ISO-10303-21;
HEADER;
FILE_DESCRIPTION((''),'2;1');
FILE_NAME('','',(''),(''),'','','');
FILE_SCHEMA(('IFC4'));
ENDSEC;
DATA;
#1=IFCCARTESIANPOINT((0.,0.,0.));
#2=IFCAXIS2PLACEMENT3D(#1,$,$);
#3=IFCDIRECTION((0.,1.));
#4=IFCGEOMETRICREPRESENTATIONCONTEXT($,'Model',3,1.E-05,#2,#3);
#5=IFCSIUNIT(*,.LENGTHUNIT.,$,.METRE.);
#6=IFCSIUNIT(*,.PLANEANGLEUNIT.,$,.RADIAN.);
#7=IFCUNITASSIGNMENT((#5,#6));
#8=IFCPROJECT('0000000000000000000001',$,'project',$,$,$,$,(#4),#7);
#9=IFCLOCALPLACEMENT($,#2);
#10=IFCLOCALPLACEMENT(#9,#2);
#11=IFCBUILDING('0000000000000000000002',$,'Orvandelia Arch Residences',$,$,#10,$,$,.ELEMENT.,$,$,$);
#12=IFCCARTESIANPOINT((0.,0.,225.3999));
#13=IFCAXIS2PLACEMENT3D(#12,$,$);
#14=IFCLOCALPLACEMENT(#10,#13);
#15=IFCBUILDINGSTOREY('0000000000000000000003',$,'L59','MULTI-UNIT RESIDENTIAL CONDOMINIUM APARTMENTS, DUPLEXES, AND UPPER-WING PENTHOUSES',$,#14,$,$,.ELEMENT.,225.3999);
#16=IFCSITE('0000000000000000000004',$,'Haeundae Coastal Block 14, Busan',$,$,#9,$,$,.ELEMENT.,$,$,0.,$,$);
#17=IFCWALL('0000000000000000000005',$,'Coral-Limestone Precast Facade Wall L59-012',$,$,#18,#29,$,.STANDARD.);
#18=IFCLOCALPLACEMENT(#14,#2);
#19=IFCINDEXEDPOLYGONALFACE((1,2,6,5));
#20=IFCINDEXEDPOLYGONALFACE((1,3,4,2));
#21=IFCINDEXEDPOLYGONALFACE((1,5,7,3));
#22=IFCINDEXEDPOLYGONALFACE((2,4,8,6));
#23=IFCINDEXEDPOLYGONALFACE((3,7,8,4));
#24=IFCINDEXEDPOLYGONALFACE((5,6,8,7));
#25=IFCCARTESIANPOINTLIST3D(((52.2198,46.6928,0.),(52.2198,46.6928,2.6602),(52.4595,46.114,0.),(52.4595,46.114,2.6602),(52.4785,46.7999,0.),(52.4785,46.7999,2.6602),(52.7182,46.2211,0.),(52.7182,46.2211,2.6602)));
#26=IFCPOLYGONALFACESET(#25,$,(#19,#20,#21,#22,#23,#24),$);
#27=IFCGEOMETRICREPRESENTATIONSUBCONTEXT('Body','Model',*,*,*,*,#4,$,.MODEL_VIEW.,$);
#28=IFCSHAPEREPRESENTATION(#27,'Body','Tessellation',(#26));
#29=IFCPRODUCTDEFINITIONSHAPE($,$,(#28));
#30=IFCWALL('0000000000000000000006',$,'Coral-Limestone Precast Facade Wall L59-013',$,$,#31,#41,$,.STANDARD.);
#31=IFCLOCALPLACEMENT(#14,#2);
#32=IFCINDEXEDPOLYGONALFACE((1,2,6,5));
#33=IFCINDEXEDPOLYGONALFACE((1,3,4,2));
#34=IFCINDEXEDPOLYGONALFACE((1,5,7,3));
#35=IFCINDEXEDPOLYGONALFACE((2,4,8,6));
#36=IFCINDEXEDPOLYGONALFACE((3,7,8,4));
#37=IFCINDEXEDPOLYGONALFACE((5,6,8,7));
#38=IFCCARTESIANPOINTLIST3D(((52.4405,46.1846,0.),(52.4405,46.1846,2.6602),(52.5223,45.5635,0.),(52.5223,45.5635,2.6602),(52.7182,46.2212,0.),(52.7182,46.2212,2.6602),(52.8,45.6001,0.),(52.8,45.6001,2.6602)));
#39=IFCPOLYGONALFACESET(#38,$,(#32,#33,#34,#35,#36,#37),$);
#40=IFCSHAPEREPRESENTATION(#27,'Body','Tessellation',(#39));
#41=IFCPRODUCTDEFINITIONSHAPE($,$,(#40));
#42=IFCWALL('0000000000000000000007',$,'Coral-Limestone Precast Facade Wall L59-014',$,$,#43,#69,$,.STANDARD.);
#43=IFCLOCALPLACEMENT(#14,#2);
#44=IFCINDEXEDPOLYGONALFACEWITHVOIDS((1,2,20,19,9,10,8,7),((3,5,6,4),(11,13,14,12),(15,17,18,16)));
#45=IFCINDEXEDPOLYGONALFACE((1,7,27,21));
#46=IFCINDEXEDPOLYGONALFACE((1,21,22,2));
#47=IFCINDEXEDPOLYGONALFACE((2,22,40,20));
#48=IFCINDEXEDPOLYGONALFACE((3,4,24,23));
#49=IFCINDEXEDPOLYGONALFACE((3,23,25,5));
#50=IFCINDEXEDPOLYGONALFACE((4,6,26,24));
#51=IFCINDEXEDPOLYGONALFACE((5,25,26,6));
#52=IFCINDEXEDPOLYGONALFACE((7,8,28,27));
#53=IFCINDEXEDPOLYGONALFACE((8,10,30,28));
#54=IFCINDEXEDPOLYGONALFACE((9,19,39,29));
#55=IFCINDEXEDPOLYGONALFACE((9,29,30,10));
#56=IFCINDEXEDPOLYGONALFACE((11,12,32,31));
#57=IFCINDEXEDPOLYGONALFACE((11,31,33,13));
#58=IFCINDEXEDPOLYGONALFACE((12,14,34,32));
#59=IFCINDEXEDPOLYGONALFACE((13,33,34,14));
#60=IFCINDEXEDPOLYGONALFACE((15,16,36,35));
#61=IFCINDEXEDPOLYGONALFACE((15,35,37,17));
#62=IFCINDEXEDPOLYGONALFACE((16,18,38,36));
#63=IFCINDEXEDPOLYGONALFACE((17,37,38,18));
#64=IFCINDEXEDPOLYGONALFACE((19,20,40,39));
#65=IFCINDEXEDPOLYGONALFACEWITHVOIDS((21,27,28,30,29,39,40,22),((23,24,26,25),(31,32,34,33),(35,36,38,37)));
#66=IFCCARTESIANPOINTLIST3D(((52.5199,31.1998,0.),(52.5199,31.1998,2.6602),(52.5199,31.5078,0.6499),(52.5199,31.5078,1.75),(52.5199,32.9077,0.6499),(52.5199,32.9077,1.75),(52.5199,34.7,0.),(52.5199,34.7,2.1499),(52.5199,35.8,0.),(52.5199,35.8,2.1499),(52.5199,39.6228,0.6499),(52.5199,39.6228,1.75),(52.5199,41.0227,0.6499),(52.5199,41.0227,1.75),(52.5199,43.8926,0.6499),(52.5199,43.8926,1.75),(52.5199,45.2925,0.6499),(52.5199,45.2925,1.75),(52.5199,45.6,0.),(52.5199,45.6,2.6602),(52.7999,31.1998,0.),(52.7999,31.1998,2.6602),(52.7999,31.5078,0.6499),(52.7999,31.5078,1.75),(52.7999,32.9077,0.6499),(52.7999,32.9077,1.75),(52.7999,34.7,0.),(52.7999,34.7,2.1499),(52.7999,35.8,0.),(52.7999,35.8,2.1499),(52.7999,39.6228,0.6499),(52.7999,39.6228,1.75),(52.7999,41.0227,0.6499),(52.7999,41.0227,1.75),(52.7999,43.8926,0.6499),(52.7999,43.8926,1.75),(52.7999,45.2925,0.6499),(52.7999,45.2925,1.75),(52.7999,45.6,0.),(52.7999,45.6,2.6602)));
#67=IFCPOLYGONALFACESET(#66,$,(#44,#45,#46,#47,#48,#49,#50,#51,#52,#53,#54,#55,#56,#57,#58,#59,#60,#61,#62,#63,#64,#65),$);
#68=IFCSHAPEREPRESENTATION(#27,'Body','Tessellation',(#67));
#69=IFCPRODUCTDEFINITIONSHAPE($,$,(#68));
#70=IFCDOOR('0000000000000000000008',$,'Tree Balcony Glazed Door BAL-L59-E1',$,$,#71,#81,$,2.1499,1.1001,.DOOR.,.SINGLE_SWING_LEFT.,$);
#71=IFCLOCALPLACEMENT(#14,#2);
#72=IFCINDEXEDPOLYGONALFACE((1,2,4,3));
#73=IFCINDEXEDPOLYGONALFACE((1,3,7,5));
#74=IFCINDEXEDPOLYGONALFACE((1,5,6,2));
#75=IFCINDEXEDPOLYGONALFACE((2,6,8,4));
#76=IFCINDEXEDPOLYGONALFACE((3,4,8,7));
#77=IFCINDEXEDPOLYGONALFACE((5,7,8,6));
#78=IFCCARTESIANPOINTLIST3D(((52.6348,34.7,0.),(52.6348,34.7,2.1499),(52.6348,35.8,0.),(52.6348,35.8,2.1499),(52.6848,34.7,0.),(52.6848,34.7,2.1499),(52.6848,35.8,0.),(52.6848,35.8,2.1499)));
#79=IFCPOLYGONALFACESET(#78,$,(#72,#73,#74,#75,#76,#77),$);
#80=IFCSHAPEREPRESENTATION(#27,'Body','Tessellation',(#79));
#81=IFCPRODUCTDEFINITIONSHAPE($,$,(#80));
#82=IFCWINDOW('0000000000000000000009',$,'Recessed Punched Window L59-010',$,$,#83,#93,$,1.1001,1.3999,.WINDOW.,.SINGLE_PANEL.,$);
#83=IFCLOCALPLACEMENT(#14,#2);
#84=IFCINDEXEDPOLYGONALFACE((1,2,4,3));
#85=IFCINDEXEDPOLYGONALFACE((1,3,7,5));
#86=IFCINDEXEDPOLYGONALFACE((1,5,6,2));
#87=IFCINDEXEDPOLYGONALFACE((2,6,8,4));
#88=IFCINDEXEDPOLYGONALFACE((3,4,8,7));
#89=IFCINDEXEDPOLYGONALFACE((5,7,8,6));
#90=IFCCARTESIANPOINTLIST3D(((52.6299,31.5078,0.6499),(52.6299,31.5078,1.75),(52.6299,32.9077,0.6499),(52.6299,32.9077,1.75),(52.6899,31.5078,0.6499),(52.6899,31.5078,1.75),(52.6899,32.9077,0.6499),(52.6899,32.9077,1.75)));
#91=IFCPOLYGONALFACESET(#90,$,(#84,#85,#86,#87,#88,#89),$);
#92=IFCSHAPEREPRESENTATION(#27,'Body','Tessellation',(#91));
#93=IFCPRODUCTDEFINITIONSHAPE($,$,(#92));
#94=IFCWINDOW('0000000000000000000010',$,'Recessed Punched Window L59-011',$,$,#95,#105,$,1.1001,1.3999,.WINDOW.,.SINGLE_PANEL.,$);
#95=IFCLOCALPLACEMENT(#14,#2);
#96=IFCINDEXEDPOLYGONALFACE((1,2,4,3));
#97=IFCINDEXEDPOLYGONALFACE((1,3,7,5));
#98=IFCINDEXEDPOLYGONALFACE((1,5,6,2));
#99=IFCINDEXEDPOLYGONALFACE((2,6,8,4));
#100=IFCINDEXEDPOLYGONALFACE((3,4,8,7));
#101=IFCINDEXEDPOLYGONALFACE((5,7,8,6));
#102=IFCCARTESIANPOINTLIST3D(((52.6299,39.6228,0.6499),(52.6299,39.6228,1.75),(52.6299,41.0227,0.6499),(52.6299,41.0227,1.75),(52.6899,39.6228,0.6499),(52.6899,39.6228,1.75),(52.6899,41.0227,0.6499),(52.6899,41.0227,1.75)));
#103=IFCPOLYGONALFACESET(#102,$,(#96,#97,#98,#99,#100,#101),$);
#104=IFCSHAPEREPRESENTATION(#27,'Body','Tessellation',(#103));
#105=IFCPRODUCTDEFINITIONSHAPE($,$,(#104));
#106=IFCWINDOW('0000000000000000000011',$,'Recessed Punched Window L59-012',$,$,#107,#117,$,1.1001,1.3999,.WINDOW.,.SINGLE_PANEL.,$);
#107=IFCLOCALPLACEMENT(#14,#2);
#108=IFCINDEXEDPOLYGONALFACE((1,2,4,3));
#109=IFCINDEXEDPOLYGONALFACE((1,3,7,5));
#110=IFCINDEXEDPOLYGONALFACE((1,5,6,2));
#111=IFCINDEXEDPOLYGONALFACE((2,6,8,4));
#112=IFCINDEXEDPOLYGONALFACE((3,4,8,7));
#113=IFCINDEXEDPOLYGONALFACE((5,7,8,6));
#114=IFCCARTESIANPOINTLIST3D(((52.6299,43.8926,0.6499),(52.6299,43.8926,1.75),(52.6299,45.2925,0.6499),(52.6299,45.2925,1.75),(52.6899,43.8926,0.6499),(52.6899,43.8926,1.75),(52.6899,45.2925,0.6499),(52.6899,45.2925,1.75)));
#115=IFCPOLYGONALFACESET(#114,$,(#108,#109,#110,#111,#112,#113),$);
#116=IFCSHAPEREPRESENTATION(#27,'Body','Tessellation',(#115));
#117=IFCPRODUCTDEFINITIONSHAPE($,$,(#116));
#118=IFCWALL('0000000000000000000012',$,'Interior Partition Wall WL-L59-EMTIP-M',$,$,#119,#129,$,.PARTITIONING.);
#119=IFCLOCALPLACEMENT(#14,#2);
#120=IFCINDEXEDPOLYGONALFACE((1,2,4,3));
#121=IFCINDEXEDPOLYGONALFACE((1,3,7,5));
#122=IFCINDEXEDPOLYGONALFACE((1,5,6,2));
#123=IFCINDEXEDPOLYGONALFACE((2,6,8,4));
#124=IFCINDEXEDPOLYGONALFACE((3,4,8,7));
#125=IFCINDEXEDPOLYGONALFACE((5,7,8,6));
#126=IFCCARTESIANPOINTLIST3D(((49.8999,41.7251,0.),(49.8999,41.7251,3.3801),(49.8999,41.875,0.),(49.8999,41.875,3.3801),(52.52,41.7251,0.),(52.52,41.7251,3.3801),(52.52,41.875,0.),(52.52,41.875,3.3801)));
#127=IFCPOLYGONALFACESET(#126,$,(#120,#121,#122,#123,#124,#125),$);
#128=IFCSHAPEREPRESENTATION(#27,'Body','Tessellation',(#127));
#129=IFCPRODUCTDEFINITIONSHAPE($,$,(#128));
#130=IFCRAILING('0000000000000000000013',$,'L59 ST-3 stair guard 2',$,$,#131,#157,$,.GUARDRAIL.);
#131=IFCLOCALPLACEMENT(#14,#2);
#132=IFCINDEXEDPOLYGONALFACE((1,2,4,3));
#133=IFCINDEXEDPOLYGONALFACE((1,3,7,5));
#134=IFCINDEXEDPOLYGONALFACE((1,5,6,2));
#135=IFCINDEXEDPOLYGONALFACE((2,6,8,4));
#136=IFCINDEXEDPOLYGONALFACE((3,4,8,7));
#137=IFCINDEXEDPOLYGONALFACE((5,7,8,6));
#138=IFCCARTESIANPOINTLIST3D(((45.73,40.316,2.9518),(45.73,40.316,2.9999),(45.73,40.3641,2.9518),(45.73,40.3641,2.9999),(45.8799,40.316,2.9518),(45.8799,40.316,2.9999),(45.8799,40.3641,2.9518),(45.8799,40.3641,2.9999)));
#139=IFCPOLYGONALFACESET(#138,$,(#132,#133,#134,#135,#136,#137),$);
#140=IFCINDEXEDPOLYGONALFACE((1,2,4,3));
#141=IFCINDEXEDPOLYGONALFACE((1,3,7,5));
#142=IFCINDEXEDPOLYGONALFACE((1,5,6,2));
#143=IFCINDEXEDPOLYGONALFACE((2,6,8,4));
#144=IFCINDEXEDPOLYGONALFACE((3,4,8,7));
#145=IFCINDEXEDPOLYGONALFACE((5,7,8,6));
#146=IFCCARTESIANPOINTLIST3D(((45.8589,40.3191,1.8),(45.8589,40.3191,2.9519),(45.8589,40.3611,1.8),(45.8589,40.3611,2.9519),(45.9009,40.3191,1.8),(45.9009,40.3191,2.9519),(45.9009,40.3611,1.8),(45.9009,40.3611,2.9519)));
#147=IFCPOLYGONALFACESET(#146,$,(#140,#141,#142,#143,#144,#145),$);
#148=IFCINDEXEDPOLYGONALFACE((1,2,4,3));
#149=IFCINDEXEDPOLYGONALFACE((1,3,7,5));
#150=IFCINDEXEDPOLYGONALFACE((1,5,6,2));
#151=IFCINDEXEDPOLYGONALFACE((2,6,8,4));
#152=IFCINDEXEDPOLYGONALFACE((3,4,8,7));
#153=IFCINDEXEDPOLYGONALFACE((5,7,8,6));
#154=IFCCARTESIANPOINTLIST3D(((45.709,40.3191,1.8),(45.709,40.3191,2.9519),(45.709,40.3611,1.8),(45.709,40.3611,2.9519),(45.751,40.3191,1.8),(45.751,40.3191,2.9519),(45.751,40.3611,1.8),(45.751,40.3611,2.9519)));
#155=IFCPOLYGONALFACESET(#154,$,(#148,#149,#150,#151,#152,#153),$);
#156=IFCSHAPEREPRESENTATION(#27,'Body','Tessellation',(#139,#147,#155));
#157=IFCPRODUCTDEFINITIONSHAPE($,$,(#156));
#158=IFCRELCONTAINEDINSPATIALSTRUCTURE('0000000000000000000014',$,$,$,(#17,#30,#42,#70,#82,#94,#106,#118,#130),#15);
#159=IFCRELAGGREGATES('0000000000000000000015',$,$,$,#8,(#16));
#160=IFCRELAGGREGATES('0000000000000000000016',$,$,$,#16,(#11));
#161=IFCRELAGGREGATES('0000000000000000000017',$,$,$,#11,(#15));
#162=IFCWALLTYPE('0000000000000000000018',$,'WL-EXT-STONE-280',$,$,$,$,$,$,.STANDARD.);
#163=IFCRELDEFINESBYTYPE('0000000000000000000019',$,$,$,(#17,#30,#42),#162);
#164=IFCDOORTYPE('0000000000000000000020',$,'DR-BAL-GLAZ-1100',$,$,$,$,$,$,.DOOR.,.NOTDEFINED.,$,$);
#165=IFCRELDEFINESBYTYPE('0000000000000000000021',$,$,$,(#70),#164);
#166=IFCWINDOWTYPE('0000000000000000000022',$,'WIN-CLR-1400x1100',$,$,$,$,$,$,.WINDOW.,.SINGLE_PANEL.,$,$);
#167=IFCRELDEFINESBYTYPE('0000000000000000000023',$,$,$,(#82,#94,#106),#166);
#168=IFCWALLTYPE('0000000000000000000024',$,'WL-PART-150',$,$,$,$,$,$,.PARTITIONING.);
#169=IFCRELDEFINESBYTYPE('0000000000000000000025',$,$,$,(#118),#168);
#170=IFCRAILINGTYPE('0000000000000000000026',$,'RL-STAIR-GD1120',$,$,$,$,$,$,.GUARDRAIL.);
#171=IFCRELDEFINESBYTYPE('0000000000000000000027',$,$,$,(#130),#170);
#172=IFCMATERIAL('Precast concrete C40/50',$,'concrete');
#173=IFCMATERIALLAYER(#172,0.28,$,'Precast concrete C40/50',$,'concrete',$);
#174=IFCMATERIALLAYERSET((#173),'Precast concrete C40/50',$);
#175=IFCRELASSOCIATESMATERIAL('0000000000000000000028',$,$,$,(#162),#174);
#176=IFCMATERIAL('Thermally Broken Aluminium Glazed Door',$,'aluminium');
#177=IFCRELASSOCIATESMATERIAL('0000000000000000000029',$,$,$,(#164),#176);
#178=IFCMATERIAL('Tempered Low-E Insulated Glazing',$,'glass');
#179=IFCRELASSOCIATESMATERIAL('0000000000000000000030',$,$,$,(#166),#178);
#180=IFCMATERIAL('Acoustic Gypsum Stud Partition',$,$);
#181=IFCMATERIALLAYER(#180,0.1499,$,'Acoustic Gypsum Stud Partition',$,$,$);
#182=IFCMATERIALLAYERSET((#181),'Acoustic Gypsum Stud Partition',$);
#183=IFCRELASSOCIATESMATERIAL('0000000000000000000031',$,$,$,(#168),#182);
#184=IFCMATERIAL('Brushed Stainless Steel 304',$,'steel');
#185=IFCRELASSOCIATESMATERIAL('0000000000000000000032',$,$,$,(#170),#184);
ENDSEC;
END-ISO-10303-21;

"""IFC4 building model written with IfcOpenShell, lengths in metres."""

from ifc_helpers import new_model, si_unit, direction, frame, frame_2d, origin, origin_2d, place, context, subcontext, project, spatial, rectangle, extrude, material, layer, layer_set, type_object, element, fill, save


model = new_model("IFC4")

# Units and contexts
model_context = context("Model", 3, precision=1e-05, world=origin(), true_north=direction((0.0, 1.0)))
body_context = subcontext(model_context, "Body", "Model", "MODEL_VIEW")
ifc_project = project(units=[si_unit("LENGTHUNIT", "METRE"), si_unit("PLANEANGLEUNIT", "RADIAN")], contexts=[model_context])

# Site, building, storey
site_placement = place(None, origin())
site = spatial("IfcSite", under=ifc_project, at=site_placement, Name="Haeundae Coastal Block 14, Busan", CompositionType="ELEMENT", RefElevation=0.0)
building_placement = place(site_placement, origin())
building = spatial("IfcBuilding", under=site, at=building_placement, Name="Orvandelia Arch Residences", CompositionType="ELEMENT")
storey_placement = place(building_placement, frame((0.0, 0.0, 225.3999)))
storey = spatial("IfcBuildingStorey", under=building, at=storey_placement, Name="L59", Description="MULTI-UNIT RESIDENTIAL CONDOMINIUM APARTMENTS, DUPLEXES, AND UPPER-WING PENTHOUSES", CompositionType="ELEMENT", Elevation=225.3999)

# Walls
ifc_material_1 = material(Name="Precast concrete C40/50", Category="concrete")
ifc_layer_1 = layer(ifc_material_1, 0.28, Name="Precast concrete C40/50", Category="concrete")
ifc_layer_set_1 = layer_set([ifc_layer_1], Name="Precast concrete C40/50")
wall_type_1 = type_object("IfcWallType", Name="WL-EXT-STONE-280", PredefinedType="STANDARD", material=ifc_layer_set_1)
for number, where, z_axis, x_axis, name in (
    (1, (52.3491, 46.7463, 0.0), (0.0, 0.0, 1.0), (0.38265, -0.923893, 0.0), "Coral-Limestone Precast Facade Wall L59-012"),
    (2, (52.5793, 46.2029, 0.0), (0.0, 0.0, 1.0), (0.130555, -0.991441, 0.0), "Coral-Limestone Precast Facade Wall L59-013"),
):
    element("IfcWall", number, at=place(storey_placement, frame(where, z_axis=z_axis, x_axis=x_axis)), inside=storey, type_object=wall_type_1, Name=name, PredefinedType="STANDARD", context=body_context, shape_type="SweptSolid", body=[
        extrude(rectangle(XDim=0.6265, YDim=0.28, at=frame_2d((0.3132, 0.0))), origin(), (0.0, 0.0, 1.0), 2.6602),
    ])

# Wall, openings, door, windows
wall_1_placement = place(storey_placement, frame((52.6599, 45.6001, 0.0), z_axis=(0.0, 0.0, 1.0), x_axis=(0.0, -1.0, 0.0)))
wall_1 = element("IfcWall", 3, at=wall_1_placement, inside=storey, type_object=wall_type_1, Name="Coral-Limestone Precast Facade Wall L59-014", PredefinedType="STANDARD", context=body_context, shape_type="SweptSolid", body=[
    extrude(rectangle(XDim=14.4001, YDim=0.28, at=frame_2d((7.2002, 0.0))), origin(), (0.0, 0.0, 1.0), 2.6602),
])
opening_1_placement = place(wall_1_placement, frame((9.8, 0.0, 0.0)))
opening_1 = element("IfcOpeningElement", 4, at=opening_1_placement, cuts=wall_1, PredefinedType="OPENING", context=body_context, shape_type="SweptSolid", body=[
    extrude(rectangle(XDim=1.1001, YDim=2.1499, at=frame_2d((0.55, 1.075))), frame((0.0, 0.1499, 0.0), z_axis=(0.0, -1.0, 0.0), x_axis=(1.0, 0.0, 0.0)), (0.0, 0.0, 1.0), 0.3),
])
opening_2_placement = place(wall_1_placement, frame((12.6924, 0.0, 0.6499)))
opening_2 = element("IfcOpeningElement", 5, at=opening_2_placement, cuts=wall_1, PredefinedType="OPENING", context=body_context, shape_type="SweptSolid", body=[
    extrude(rectangle(XDim=1.3999, YDim=1.1001, at=frame_2d((0.7, 0.55))), frame((0.0, 0.1499, 0.0), z_axis=(0.0, -1.0, 0.0), x_axis=(1.0, 0.0, 0.0)), (0.0, 0.0, 1.0), 0.3),
])
opening_3_placement = place(wall_1_placement, frame((4.5774, 0.0, 0.6499)))
opening_3 = element("IfcOpeningElement", 6, at=opening_3_placement, cuts=wall_1, PredefinedType="OPENING", context=body_context, shape_type="SweptSolid", body=[
    extrude(rectangle(XDim=1.3999, YDim=1.1001, at=frame_2d((0.7, 0.55))), frame((0.0, 0.1499, 0.0), z_axis=(0.0, -1.0, 0.0), x_axis=(1.0, 0.0, 0.0)), (0.0, 0.0, 1.0), 0.3),
])
opening_4_placement = place(wall_1_placement, frame((0.3076, 0.0, 0.6499)))
opening_4 = element("IfcOpeningElement", 7, at=opening_4_placement, cuts=wall_1, PredefinedType="OPENING", context=body_context, shape_type="SweptSolid", body=[
    extrude(rectangle(XDim=1.3999, YDim=1.1001, at=frame_2d((0.7, 0.55))), frame((0.0, 0.1499, 0.0), z_axis=(0.0, -1.0, 0.0), x_axis=(1.0, 0.0, 0.0)), (0.0, 0.0, 1.0), 0.3),
])
ifc_material_2 = material(Name="Thermally Broken Aluminium Glazed Door", Category="aluminium")
door_type = type_object("IfcDoorType", Name="DR-BAL-GLAZ-1100", OperationType="NOTDEFINED", PredefinedType="DOOR", material=ifc_material_2)
door_placement = place(opening_1_placement, origin())
door = element("IfcDoor", 8, at=door_placement, inside=storey, type_object=door_type, Name="Tree Balcony Glazed Door BAL-L59-E1", OperationType="SINGLE_SWING_LEFT", OverallHeight=2.1499, OverallWidth=1.1001, PredefinedType="DOOR", context=body_context, shape_type="SweptSolid", body=[
    extrude(rectangle(XDim=1.1001, YDim=2.1499, at=frame_2d((0.55, 1.075))), frame((0.0, 0.0249, 0.0), z_axis=(0.0, -1.0, 0.0), x_axis=(1.0, 0.0, 0.0)), (0.0, 0.0, 1.0), 0.05),
])
fill(opening_1, door)
ifc_material_3 = material(Name="Tempered Low-E Insulated Glazing", Category="glass")
window_type = type_object("IfcWindowType", Name="WIN-CLR-1400x1100", PartitioningType="SINGLE_PANEL", PredefinedType="WINDOW", material=ifc_material_3)
window_1_placement = place(opening_2_placement, origin())
window_1 = element("IfcWindow", 9, at=window_1_placement, inside=storey, type_object=window_type, Name="Recessed Punched Window L59-010", OverallHeight=1.1001, OverallWidth=1.3999, PartitioningType="SINGLE_PANEL", PredefinedType="WINDOW", context=body_context, shape_type="SweptSolid", body=[
    extrude(rectangle(XDim=1.3999, YDim=1.1001, at=frame_2d((0.7, 0.55))), frame((0.0, 0.03, 0.0), z_axis=(0.0, -1.0, 0.0), x_axis=(1.0, 0.0, 0.0)), (0.0, 0.0, 1.0), 0.0601),
])
fill(opening_2, window_1)
window_2_placement = place(opening_3_placement, origin())
window_2 = element("IfcWindow", 10, at=window_2_placement, inside=storey, type_object=window_type, Name="Recessed Punched Window L59-011", OverallHeight=1.1001, OverallWidth=1.3999, PartitioningType="SINGLE_PANEL", PredefinedType="WINDOW", context=body_context, shape_type="SweptSolid", body=[
    extrude(rectangle(XDim=1.3999, YDim=1.1001, at=frame_2d((0.7, 0.55))), frame((0.0, 0.03, 0.0), z_axis=(0.0, -1.0, 0.0), x_axis=(1.0, 0.0, 0.0)), (0.0, 0.0, 1.0), 0.0601),
])
fill(opening_3, window_2)
window_3_placement = place(opening_4_placement, origin())
window_3 = element("IfcWindow", 11, at=window_3_placement, inside=storey, type_object=window_type, Name="Recessed Punched Window L59-012", OverallHeight=1.1001, OverallWidth=1.3999, PartitioningType="SINGLE_PANEL", PredefinedType="WINDOW", context=body_context, shape_type="SweptSolid", body=[
    extrude(rectangle(XDim=1.3999, YDim=1.1001, at=frame_2d((0.7, 0.55))), frame((0.0, 0.03, 0.0), z_axis=(0.0, -1.0, 0.0), x_axis=(1.0, 0.0, 0.0)), (0.0, 0.0, 1.0), 0.0601),
])
fill(opening_4, window_3)

# Wall
ifc_material_4 = material(Name="Acoustic Gypsum Stud Partition")
ifc_layer_2 = layer(ifc_material_4, 0.1499, Name="Acoustic Gypsum Stud Partition")
ifc_layer_set_2 = layer_set([ifc_layer_2], Name="Acoustic Gypsum Stud Partition")
wall_type_2 = type_object("IfcWallType", Name="WL-PART-150", PredefinedType="PARTITIONING", material=ifc_layer_set_2)
wall_2_placement = place(storey_placement, frame((49.8999, 41.8, 0.0), z_axis=(0.0, 0.0, 1.0), x_axis=(1.0, 0.0, 0.0)))
element("IfcWall", 12, at=wall_2_placement, inside=storey, type_object=wall_type_2, Name="Interior Partition Wall WL-L59-EMTIP-M", PredefinedType="PARTITIONING", context=body_context, shape_type="SweptSolid", body=[
    extrude(rectangle(XDim=2.6201, YDim=0.1499, at=frame_2d((1.3101, 0.0))), origin(), (0.0, 0.0, 1.0), 3.3801),
])

# Railing
ifc_material_5 = material(Name="Brushed Stainless Steel 304", Category="steel")
railing_type = type_object("IfcRailingType", Name="RL-STAIR-GD1120", PredefinedType="GUARDRAIL", material=ifc_material_5)
railing_1_placement = place(storey_placement, frame((45.8799, 40.3401, 1.8)))
element("IfcRailing", 13, at=railing_1_placement, inside=storey, type_object=railing_type, Name="L59 ST-3 stair guard 2", PredefinedType="GUARDRAIL", context=body_context, shape_type="SweptSolid", body=[
    extrude(rectangle(XDim=0.0481, YDim=0.0481, at=origin_2d()), frame((0.0, 0.0, 1.1758), z_axis=(-1.0, 0.0, 0.0), x_axis=(0.0, -1.0, 0.0)), (0.0, 0.0, 1.0), 0.1499),
    extrude(rectangle(XDim=0.042, YDim=0.042, at=origin_2d()), origin(), (0.0, 0.0, 1.0), 1.1519),
    extrude(rectangle(XDim=0.042, YDim=0.042, at=origin_2d()), frame((-0.1499, 0.0, 0.0)), (0.0, 0.0, 1.0), 1.1519),
])

save(model, "model.ifc")
